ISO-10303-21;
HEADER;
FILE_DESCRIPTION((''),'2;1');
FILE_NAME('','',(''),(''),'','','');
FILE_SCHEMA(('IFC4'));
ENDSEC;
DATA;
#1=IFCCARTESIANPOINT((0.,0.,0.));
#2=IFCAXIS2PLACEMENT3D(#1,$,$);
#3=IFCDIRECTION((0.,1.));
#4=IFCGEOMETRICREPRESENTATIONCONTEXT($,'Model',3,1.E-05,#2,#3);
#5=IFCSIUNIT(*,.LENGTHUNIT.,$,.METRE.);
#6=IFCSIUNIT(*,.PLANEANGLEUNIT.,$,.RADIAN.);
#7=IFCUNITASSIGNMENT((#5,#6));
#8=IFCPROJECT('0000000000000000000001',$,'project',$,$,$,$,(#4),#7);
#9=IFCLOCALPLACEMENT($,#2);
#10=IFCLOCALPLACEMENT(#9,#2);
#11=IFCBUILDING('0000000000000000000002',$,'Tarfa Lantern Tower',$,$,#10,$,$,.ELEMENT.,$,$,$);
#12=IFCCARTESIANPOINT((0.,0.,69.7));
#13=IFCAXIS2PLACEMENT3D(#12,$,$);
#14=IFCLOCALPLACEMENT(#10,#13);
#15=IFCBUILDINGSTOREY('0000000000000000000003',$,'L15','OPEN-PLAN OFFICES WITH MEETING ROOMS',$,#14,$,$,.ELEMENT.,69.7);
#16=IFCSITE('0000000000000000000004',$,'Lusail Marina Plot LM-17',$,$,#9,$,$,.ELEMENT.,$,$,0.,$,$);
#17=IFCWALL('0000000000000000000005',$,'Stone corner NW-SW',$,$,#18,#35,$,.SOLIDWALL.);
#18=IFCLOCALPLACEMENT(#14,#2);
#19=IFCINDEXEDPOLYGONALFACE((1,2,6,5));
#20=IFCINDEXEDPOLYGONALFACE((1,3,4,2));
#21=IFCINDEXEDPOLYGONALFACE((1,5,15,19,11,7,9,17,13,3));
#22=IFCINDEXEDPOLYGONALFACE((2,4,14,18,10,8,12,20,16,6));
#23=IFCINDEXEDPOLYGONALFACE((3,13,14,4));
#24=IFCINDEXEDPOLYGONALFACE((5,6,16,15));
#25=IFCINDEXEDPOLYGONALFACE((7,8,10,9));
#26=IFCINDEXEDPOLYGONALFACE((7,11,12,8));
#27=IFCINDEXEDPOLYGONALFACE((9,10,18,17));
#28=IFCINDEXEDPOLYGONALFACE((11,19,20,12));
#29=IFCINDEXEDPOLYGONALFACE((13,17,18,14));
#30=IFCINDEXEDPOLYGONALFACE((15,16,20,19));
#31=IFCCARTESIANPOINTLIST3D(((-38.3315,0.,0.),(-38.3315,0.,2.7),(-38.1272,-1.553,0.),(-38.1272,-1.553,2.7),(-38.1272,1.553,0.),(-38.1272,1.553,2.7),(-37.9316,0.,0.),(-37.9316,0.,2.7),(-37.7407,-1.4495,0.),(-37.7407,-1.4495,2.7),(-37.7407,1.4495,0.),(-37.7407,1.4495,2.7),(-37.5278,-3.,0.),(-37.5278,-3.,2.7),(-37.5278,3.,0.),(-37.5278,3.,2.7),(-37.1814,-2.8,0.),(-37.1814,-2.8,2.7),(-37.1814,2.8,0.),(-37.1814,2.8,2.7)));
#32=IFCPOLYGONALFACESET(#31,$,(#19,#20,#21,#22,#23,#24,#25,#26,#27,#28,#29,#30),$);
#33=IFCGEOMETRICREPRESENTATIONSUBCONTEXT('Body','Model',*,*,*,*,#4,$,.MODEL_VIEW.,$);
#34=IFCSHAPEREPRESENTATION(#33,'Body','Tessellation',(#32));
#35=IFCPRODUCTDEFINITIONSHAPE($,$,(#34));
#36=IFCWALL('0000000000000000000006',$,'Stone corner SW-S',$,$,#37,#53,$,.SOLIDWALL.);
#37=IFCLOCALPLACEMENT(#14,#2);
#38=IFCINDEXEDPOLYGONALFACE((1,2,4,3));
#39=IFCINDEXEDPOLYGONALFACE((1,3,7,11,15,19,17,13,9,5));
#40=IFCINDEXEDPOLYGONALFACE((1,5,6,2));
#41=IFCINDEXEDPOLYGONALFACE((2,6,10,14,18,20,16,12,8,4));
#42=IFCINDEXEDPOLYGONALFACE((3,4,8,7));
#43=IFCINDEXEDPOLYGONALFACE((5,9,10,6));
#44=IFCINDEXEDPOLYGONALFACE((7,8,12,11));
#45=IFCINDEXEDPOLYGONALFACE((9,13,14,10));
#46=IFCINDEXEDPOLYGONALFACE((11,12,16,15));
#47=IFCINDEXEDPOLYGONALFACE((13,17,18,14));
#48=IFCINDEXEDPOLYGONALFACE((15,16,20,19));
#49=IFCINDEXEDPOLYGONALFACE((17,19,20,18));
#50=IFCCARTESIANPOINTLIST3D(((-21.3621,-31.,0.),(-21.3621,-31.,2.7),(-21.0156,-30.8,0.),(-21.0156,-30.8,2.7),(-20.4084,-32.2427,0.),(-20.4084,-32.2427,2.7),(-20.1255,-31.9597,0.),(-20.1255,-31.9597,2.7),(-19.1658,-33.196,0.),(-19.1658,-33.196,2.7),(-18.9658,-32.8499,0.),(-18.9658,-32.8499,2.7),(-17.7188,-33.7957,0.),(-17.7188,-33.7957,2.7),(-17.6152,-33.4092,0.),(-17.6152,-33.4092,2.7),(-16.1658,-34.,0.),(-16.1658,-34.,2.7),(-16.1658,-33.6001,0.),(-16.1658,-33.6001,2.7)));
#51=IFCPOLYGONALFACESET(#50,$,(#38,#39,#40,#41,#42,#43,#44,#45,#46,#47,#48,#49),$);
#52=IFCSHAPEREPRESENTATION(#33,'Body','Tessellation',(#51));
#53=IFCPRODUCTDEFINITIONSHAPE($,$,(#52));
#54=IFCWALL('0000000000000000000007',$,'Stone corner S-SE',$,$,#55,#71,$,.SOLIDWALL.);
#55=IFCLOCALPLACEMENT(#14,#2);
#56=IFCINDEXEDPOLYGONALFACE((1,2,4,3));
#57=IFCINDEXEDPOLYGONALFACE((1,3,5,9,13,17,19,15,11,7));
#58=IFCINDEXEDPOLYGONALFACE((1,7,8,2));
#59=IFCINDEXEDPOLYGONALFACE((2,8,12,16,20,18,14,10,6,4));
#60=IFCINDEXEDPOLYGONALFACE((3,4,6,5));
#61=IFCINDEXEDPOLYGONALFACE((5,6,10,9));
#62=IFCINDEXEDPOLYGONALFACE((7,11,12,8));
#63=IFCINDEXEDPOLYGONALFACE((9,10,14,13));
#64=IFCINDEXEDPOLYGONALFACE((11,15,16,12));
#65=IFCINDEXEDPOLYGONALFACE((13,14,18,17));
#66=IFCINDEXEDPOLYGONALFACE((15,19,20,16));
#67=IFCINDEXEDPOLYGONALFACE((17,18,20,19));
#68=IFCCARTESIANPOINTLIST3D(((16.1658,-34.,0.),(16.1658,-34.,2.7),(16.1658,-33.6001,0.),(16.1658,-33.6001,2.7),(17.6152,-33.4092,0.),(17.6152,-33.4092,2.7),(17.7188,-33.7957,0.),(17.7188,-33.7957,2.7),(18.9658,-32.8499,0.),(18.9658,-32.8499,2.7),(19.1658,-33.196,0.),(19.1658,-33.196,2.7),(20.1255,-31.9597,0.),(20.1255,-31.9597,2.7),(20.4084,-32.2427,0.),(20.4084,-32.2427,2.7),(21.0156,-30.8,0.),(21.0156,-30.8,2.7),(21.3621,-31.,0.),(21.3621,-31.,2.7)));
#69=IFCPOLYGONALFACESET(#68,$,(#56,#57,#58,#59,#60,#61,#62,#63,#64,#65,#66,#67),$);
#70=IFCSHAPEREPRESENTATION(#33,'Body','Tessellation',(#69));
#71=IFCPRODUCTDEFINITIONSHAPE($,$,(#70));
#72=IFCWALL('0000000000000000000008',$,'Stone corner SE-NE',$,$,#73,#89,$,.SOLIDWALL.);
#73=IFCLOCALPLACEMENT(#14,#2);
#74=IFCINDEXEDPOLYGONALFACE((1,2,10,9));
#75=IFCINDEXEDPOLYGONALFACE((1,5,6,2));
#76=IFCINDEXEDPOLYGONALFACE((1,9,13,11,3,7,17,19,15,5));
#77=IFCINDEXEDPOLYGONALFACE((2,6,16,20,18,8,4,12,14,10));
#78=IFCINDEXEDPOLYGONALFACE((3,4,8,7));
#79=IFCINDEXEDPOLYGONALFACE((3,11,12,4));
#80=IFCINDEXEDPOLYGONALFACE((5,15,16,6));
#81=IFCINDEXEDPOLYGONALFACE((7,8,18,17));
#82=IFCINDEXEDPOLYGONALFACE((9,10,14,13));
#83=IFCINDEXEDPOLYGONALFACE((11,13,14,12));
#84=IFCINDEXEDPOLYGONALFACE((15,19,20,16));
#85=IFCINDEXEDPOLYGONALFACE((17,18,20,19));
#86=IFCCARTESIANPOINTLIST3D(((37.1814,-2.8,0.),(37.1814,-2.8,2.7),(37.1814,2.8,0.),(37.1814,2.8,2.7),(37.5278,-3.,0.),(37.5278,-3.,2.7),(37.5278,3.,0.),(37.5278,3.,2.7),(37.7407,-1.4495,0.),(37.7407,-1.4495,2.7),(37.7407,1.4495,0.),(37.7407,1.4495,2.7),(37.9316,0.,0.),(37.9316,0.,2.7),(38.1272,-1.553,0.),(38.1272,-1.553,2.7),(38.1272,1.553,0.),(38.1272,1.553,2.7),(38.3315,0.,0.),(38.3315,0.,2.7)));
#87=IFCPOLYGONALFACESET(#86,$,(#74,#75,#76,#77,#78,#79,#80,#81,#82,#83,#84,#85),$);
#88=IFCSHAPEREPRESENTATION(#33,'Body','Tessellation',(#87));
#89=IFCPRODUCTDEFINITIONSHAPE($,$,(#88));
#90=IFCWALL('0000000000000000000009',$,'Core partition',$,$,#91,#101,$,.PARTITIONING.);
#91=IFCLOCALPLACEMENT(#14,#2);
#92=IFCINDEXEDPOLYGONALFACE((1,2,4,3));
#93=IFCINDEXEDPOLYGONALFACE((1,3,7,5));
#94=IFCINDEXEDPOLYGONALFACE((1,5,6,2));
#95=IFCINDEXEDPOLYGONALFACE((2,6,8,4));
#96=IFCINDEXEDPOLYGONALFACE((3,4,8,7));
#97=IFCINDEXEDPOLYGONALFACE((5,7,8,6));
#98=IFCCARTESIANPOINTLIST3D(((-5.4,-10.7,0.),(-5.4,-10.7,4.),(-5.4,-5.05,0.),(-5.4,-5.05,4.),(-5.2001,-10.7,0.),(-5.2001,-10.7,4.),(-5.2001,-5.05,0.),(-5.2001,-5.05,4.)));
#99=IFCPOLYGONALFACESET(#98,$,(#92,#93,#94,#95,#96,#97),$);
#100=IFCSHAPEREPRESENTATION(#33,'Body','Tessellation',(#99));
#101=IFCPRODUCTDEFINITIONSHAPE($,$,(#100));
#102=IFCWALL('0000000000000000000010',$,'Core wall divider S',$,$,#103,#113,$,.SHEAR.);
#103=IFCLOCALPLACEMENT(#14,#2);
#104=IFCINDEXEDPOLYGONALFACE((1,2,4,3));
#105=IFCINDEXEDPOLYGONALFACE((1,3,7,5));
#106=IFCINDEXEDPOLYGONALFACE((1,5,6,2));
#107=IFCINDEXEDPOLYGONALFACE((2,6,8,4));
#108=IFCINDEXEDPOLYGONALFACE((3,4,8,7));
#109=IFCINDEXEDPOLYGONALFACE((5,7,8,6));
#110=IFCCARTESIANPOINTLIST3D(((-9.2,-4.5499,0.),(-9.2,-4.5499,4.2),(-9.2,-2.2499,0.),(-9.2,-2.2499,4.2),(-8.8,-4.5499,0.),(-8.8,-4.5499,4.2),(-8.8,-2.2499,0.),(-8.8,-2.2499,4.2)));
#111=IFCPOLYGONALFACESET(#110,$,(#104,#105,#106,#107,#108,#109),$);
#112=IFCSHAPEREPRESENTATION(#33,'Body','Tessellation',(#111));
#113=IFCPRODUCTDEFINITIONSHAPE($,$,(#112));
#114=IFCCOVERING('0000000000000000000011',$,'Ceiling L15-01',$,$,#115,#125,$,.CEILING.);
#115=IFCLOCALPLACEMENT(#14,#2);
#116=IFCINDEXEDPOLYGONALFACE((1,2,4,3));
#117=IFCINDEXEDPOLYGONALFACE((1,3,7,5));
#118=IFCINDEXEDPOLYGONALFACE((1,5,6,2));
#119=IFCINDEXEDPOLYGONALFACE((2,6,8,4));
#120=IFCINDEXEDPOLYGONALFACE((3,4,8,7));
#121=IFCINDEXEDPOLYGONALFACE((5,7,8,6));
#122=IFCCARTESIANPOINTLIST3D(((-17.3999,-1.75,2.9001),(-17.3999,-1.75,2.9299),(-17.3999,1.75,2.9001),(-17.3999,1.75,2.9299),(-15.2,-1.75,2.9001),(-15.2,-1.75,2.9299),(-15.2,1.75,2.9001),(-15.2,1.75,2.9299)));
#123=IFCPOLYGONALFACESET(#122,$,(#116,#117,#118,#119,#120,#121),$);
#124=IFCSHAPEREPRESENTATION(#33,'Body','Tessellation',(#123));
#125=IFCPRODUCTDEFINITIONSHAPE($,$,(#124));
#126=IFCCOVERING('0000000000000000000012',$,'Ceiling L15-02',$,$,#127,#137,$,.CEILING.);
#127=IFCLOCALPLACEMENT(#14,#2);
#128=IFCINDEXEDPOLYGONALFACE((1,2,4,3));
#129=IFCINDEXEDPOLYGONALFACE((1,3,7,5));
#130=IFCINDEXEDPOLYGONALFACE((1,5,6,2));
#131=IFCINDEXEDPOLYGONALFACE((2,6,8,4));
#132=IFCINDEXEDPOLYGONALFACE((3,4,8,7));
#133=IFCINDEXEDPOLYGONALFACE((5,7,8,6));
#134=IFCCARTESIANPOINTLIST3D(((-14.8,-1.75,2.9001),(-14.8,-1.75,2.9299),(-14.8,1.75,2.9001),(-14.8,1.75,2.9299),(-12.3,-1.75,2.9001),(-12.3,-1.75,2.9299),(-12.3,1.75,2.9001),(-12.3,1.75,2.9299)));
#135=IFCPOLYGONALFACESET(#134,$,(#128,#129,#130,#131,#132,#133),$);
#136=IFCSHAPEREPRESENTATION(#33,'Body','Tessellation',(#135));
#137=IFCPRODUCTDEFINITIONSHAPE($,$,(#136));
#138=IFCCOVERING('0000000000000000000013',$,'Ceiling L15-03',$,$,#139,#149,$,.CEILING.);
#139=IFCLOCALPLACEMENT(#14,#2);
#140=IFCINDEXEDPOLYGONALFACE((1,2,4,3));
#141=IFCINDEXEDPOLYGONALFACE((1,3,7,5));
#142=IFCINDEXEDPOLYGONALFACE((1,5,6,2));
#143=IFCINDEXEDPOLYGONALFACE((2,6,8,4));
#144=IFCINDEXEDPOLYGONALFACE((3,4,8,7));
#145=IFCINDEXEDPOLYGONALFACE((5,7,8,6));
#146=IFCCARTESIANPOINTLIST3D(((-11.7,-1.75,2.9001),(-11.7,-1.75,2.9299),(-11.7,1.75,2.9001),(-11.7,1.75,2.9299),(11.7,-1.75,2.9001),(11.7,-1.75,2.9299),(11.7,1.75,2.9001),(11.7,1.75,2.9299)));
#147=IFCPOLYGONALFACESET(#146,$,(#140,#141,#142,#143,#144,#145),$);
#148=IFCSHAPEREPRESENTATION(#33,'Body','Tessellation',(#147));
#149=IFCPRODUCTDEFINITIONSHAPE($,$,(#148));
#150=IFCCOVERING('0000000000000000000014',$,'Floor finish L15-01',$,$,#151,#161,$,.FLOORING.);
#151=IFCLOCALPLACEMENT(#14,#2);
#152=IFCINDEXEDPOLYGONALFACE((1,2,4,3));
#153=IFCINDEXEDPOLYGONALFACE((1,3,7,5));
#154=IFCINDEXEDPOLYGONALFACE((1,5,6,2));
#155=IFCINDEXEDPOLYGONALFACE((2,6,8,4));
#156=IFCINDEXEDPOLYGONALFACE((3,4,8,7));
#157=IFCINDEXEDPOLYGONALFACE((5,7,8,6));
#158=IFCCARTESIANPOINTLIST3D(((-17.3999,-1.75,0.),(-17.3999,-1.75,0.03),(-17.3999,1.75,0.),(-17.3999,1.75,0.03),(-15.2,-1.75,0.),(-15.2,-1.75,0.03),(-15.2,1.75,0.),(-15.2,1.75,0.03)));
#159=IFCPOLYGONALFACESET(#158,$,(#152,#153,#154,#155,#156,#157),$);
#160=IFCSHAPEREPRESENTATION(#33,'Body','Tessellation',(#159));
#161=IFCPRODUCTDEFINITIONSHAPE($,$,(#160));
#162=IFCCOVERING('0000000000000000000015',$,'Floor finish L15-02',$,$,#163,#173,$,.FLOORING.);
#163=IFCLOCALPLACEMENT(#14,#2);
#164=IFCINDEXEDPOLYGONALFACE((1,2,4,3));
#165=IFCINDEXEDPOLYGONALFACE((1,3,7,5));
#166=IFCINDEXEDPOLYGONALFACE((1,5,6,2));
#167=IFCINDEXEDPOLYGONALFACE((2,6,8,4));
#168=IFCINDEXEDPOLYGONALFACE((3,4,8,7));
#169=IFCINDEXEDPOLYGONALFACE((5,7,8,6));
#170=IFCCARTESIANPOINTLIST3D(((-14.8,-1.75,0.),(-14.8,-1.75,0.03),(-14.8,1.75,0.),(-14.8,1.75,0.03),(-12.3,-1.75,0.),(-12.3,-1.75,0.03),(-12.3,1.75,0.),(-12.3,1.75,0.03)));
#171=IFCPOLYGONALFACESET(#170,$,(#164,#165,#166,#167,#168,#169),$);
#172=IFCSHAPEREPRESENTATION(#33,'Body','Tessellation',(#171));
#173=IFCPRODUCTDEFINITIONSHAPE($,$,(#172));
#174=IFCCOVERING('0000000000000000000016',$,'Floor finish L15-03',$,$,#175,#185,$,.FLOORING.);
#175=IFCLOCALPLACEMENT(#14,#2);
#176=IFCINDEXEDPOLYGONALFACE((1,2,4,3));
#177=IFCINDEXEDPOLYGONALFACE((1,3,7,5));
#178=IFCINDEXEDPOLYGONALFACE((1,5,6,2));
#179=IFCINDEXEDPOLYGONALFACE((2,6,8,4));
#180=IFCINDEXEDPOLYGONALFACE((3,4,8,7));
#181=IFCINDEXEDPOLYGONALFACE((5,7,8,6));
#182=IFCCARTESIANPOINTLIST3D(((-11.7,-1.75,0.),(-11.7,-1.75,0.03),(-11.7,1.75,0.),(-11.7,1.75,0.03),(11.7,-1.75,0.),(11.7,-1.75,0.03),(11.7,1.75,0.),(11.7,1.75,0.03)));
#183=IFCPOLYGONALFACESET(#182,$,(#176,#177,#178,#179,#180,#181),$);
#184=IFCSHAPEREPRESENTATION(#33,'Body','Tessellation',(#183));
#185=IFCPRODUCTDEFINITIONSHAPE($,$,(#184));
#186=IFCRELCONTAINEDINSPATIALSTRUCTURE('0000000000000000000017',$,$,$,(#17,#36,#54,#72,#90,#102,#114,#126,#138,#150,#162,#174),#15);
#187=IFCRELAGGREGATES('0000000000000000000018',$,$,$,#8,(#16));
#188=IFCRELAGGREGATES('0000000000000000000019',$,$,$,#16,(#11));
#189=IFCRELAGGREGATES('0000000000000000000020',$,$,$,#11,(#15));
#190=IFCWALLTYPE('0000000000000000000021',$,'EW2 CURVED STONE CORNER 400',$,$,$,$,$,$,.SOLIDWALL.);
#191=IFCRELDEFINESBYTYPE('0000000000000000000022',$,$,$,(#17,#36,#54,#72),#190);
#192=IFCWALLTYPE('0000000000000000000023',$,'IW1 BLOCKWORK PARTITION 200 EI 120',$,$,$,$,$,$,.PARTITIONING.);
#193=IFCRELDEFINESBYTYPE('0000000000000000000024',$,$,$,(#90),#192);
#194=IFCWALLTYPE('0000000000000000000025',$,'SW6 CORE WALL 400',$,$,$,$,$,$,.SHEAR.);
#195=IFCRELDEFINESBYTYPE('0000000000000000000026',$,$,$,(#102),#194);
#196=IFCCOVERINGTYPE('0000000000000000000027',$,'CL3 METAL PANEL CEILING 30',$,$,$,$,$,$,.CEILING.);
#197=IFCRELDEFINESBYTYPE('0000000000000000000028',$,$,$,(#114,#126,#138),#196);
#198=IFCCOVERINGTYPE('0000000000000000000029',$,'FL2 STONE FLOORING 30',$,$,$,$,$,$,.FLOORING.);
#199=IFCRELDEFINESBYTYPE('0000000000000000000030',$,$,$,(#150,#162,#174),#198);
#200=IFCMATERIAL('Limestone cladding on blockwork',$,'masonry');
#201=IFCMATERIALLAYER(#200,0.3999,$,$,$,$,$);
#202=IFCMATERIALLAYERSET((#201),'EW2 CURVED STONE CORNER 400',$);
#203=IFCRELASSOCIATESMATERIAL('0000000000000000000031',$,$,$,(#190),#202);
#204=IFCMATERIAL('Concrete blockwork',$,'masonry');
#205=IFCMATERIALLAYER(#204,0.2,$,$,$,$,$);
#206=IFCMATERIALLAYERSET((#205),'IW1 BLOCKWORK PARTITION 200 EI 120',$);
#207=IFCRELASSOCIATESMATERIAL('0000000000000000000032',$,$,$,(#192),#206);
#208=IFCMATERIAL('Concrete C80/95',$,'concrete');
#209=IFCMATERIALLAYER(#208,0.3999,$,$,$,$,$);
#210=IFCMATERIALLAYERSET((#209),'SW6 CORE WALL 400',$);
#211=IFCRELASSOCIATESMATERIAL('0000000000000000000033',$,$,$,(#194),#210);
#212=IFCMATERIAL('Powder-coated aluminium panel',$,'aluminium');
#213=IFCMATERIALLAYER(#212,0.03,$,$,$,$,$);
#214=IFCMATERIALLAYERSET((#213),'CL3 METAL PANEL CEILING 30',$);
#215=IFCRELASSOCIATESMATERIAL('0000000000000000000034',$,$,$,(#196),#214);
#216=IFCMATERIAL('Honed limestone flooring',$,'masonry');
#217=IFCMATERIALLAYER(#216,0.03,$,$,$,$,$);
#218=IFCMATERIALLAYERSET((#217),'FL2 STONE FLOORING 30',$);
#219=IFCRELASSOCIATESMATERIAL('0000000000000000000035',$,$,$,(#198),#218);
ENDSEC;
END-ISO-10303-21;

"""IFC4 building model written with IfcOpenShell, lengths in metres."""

from ifc_helpers import new_model, si_unit, direction, frame, frame_2d, origin, place, context, subcontext, project, spatial, polyline, rectangle, outline, extrude, material, layer, layer_set, type_object, element, save


model = new_model("IFC4")

# Units and contexts
model_context = context("Model", 3, precision=1e-05, world=origin(), true_north=direction((0.0, 1.0)))
body_context = subcontext(model_context, "Body", "Model", "MODEL_VIEW")
ifc_project = project(units=[si_unit("LENGTHUNIT", "METRE"), si_unit("PLANEANGLEUNIT", "RADIAN")], contexts=[model_context])

# Site, building, storey
site_placement = place(None, origin())
site = spatial("IfcSite", under=ifc_project, at=site_placement, Name="Lusail Marina Plot LM-17", CompositionType="ELEMENT", RefElevation=0.0)
building_placement = place(site_placement, origin())
building = spatial("IfcBuilding", under=site, at=building_placement, Name="Tarfa Lantern Tower", CompositionType="ELEMENT")
storey_placement = place(building_placement, frame((0.0, 0.0, 69.7)))
storey = spatial("IfcBuildingStorey", under=building, at=storey_placement, Name="L15", Description="OPEN-PLAN OFFICES WITH MEETING ROOMS", CompositionType="ELEMENT", Elevation=69.7)

# Walls
ifc_material_1 = material(Name="Limestone cladding on blockwork", Category="masonry")
ifc_layer_1 = layer(ifc_material_1, 0.3999)
ifc_layer_set_1 = layer_set([ifc_layer_1], Name="EW2 CURVED STONE CORNER 400")
wall_type_1 = type_object("IfcWallType", Name="EW2 CURVED STONE CORNER 400", PredefinedType="SOLIDWALL", material=ifc_layer_set_1)
wall_1_placement = place(storey_placement, origin())
element("IfcWall", 1, at=wall_1_placement, inside=storey, type_object=wall_type_1, Name="Stone corner NW-SW", PredefinedType="SOLIDWALL", context=body_context, shape_type="SweptSolid", body=[
    extrude(outline(polyline([(-37.5278, 3.0), (-38.1272, 1.553), (-38.3315, 0.0), (-38.1272, -1.553), (-37.5278, -3.0), (-37.1814, -2.8), (-37.7407, -1.4495), (-37.9316, 0.0), (-37.7407, 1.4495), (-37.1814, 2.8), (-37.5278, 3.0)])), origin(), (0.0, 0.0, 1.0), 2.7),
])
wall_2_placement = place(storey_placement, origin())
element("IfcWall", 2, at=wall_2_placement, inside=storey, type_object=wall_type_1, Name="Stone corner SW-S", PredefinedType="SOLIDWALL", context=body_context, shape_type="SweptSolid", body=[
    extrude(outline(polyline([(-21.3621, -31.0), (-20.4084, -32.2427), (-19.1658, -33.196), (-17.7188, -33.7957), (-16.1658, -34.0), (-16.1658, -33.6001), (-17.6152, -33.4092), (-18.9658, -32.8499), (-20.1255, -31.9597), (-21.0156, -30.8), (-21.3621, -31.0)])), origin(), (0.0, 0.0, 1.0), 2.7),
])
wall_3_placement = place(storey_placement, origin())
element("IfcWall", 3, at=wall_3_placement, inside=storey, type_object=wall_type_1, Name="Stone corner S-SE", PredefinedType="SOLIDWALL", context=body_context, shape_type="SweptSolid", body=[
    extrude(outline(polyline([(16.1658, -34.0), (17.7188, -33.7957), (19.1658, -33.196), (20.4084, -32.2427), (21.3621, -31.0), (21.0156, -30.8), (20.1255, -31.9597), (18.9658, -32.8499), (17.6152, -33.4092), (16.1658, -33.6001), (16.1658, -34.0)])), origin(), (0.0, 0.0, 1.0), 2.7),
])
wall_4_placement = place(storey_placement, origin())
element("IfcWall", 4, at=wall_4_placement, inside=storey, type_object=wall_type_1, Name="Stone corner SE-NE", PredefinedType="SOLIDWALL", context=body_context, shape_type="SweptSolid", body=[
    extrude(outline(polyline([(37.5278, -3.0), (38.1272, -1.553), (38.3315, 0.0), (38.1272, 1.553), (37.5278, 3.0), (37.1814, 2.8), (37.7407, 1.4495), (37.9316, 0.0), (37.7407, -1.4495), (37.1814, -2.8), (37.5278, -3.0)])), origin(), (0.0, 0.0, 1.0), 2.7),
])
ifc_material_2 = material(Name="Concrete blockwork", Category="masonry")
ifc_layer_2 = layer(ifc_material_2, 0.2)
ifc_layer_set_2 = layer_set([ifc_layer_2], Name="IW1 BLOCKWORK PARTITION 200 EI 120")
wall_type_2 = type_object("IfcWallType", Name="IW1 BLOCKWORK PARTITION 200 EI 120", PredefinedType="PARTITIONING", material=ifc_layer_set_2)
wall_5_placement = place(storey_placement, frame((-5.3, -5.05, 0.0), z_axis=(0.0, 0.0, 1.0), x_axis=(0.0, -1.0, 0.0)))
element("IfcWall", 5, at=wall_5_placement, inside=storey, type_object=wall_type_2, Name="Core partition", PredefinedType="PARTITIONING", context=body_context, shape_type="SweptSolid", body=[
    extrude(rectangle(XDim=5.6499, YDim=0.2, at=frame_2d((2.825, 0.0))), origin(), (0.0, 0.0, 1.0), 4.0),
])
ifc_material_3 = material(Name="Concrete C80/95", Category="concrete")
ifc_layer_3 = layer(ifc_material_3, 0.3999)
ifc_layer_set_3 = layer_set([ifc_layer_3], Name="SW6 CORE WALL 400")
wall_type_3 = type_object("IfcWallType", Name="SW6 CORE WALL 400", PredefinedType="SHEAR", material=ifc_layer_set_3)
wall_6_placement = place(storey_placement, frame((-9.0, -2.25, 0.0), z_axis=(0.0, 0.0, 1.0), x_axis=(0.0, -1.0, 0.0)))
element("IfcWall", 6, at=wall_6_placement, inside=storey, type_object=wall_type_3, Name="Core wall divider S", PredefinedType="SHEAR", context=body_context, shape_type="SweptSolid", body=[
    extrude(rectangle(XDim=2.3, YDim=0.3999, at=frame_2d((1.1499, 0.0))), origin(), (0.0, 0.0, 1.0), 4.2),
])

# Coverings
ifc_material_4 = material(Name="Powder-coated aluminium panel", Category="aluminium")
ifc_layer_4 = layer(ifc_material_4, 0.03)
ifc_layer_set_4 = layer_set([ifc_layer_4], Name="CL3 METAL PANEL CEILING 30")
covering_type_1 = type_object("IfcCoveringType", Name="CL3 METAL PANEL CEILING 30", PredefinedType="CEILING", material=ifc_layer_set_4)
covering_1_placement = place(storey_placement, frame((0.0, 0.0, 2.9001)))
element("IfcCovering", 7, at=covering_1_placement, inside=storey, type_object=covering_type_1, Name="Ceiling L15-01", PredefinedType="CEILING", context=body_context, shape_type="SweptSolid", body=[
    extrude(outline(polyline([(-17.3999, -1.75), (-15.2, -1.75), (-15.2, 1.75), (-17.3999, 1.75), (-17.3999, -1.75)])), origin(), (0.0, 0.0, 1.0), 0.0298),
])
covering_2_placement = place(storey_placement, frame((0.0, 0.0, 2.9001)))
element("IfcCovering", 8, at=covering_2_placement, inside=storey, type_object=covering_type_1, Name="Ceiling L15-02", PredefinedType="CEILING", context=body_context, shape_type="SweptSolid", body=[
    extrude(outline(polyline([(-14.8, -1.75), (-12.3, -1.75), (-12.3, 1.75), (-14.8, 1.75), (-14.8, -1.75)])), origin(), (0.0, 0.0, 1.0), 0.0298),
])
covering_3_placement = place(storey_placement, frame((0.0, 0.0, 2.9001)))
element("IfcCovering", 9, at=covering_3_placement, inside=storey, type_object=covering_type_1, Name="Ceiling L15-03", PredefinedType="CEILING", context=body_context, shape_type="SweptSolid", body=[
    extrude(outline(polyline([(-11.7, -1.75), (11.7, -1.75), (11.7, 1.75), (-11.7, 1.75), (-11.7, -1.75)])), origin(), (0.0, 0.0, 1.0), 0.0298),
])
ifc_material_5 = material(Name="Honed limestone flooring", Category="masonry")
ifc_layer_5 = layer(ifc_material_5, 0.03)
ifc_layer_set_5 = layer_set([ifc_layer_5], Name="FL2 STONE FLOORING 30")
covering_type_2 = type_object("IfcCoveringType", Name="FL2 STONE FLOORING 30", PredefinedType="FLOORING", material=ifc_layer_set_5)
covering_4_placement = place(storey_placement, origin())
element("IfcCovering", 10, at=covering_4_placement, inside=storey, type_object=covering_type_2, Name="Floor finish L15-01", PredefinedType="FLOORING", context=body_context, shape_type="SweptSolid", body=[
    extrude(outline(polyline([(-17.3999, -1.75), (-15.2, -1.75), (-15.2, 1.75), (-17.3999, 1.75), (-17.3999, -1.75)])), origin(), (0.0, 0.0, 1.0), 0.03),
])
covering_5_placement = place(storey_placement, origin())
element("IfcCovering", 11, at=covering_5_placement, inside=storey, type_object=covering_type_2, Name="Floor finish L15-02", PredefinedType="FLOORING", context=body_context, shape_type="SweptSolid", body=[
    extrude(outline(polyline([(-14.8, -1.75), (-12.3, -1.75), (-12.3, 1.75), (-14.8, 1.75), (-14.8, -1.75)])), origin(), (0.0, 0.0, 1.0), 0.03),
])
covering_6_placement = place(storey_placement, origin())
element("IfcCovering", 12, at=covering_6_placement, inside=storey, type_object=covering_type_2, Name="Floor finish L15-03", PredefinedType="FLOORING", context=body_context, shape_type="SweptSolid", body=[
    extrude(outline(polyline([(-11.7, -1.75), (11.7, -1.75), (11.7, 1.75), (-11.7, 1.75), (-11.7, -1.75)])), origin(), (0.0, 0.0, 1.0), 0.03),
])

save(model, "model.ifc")
